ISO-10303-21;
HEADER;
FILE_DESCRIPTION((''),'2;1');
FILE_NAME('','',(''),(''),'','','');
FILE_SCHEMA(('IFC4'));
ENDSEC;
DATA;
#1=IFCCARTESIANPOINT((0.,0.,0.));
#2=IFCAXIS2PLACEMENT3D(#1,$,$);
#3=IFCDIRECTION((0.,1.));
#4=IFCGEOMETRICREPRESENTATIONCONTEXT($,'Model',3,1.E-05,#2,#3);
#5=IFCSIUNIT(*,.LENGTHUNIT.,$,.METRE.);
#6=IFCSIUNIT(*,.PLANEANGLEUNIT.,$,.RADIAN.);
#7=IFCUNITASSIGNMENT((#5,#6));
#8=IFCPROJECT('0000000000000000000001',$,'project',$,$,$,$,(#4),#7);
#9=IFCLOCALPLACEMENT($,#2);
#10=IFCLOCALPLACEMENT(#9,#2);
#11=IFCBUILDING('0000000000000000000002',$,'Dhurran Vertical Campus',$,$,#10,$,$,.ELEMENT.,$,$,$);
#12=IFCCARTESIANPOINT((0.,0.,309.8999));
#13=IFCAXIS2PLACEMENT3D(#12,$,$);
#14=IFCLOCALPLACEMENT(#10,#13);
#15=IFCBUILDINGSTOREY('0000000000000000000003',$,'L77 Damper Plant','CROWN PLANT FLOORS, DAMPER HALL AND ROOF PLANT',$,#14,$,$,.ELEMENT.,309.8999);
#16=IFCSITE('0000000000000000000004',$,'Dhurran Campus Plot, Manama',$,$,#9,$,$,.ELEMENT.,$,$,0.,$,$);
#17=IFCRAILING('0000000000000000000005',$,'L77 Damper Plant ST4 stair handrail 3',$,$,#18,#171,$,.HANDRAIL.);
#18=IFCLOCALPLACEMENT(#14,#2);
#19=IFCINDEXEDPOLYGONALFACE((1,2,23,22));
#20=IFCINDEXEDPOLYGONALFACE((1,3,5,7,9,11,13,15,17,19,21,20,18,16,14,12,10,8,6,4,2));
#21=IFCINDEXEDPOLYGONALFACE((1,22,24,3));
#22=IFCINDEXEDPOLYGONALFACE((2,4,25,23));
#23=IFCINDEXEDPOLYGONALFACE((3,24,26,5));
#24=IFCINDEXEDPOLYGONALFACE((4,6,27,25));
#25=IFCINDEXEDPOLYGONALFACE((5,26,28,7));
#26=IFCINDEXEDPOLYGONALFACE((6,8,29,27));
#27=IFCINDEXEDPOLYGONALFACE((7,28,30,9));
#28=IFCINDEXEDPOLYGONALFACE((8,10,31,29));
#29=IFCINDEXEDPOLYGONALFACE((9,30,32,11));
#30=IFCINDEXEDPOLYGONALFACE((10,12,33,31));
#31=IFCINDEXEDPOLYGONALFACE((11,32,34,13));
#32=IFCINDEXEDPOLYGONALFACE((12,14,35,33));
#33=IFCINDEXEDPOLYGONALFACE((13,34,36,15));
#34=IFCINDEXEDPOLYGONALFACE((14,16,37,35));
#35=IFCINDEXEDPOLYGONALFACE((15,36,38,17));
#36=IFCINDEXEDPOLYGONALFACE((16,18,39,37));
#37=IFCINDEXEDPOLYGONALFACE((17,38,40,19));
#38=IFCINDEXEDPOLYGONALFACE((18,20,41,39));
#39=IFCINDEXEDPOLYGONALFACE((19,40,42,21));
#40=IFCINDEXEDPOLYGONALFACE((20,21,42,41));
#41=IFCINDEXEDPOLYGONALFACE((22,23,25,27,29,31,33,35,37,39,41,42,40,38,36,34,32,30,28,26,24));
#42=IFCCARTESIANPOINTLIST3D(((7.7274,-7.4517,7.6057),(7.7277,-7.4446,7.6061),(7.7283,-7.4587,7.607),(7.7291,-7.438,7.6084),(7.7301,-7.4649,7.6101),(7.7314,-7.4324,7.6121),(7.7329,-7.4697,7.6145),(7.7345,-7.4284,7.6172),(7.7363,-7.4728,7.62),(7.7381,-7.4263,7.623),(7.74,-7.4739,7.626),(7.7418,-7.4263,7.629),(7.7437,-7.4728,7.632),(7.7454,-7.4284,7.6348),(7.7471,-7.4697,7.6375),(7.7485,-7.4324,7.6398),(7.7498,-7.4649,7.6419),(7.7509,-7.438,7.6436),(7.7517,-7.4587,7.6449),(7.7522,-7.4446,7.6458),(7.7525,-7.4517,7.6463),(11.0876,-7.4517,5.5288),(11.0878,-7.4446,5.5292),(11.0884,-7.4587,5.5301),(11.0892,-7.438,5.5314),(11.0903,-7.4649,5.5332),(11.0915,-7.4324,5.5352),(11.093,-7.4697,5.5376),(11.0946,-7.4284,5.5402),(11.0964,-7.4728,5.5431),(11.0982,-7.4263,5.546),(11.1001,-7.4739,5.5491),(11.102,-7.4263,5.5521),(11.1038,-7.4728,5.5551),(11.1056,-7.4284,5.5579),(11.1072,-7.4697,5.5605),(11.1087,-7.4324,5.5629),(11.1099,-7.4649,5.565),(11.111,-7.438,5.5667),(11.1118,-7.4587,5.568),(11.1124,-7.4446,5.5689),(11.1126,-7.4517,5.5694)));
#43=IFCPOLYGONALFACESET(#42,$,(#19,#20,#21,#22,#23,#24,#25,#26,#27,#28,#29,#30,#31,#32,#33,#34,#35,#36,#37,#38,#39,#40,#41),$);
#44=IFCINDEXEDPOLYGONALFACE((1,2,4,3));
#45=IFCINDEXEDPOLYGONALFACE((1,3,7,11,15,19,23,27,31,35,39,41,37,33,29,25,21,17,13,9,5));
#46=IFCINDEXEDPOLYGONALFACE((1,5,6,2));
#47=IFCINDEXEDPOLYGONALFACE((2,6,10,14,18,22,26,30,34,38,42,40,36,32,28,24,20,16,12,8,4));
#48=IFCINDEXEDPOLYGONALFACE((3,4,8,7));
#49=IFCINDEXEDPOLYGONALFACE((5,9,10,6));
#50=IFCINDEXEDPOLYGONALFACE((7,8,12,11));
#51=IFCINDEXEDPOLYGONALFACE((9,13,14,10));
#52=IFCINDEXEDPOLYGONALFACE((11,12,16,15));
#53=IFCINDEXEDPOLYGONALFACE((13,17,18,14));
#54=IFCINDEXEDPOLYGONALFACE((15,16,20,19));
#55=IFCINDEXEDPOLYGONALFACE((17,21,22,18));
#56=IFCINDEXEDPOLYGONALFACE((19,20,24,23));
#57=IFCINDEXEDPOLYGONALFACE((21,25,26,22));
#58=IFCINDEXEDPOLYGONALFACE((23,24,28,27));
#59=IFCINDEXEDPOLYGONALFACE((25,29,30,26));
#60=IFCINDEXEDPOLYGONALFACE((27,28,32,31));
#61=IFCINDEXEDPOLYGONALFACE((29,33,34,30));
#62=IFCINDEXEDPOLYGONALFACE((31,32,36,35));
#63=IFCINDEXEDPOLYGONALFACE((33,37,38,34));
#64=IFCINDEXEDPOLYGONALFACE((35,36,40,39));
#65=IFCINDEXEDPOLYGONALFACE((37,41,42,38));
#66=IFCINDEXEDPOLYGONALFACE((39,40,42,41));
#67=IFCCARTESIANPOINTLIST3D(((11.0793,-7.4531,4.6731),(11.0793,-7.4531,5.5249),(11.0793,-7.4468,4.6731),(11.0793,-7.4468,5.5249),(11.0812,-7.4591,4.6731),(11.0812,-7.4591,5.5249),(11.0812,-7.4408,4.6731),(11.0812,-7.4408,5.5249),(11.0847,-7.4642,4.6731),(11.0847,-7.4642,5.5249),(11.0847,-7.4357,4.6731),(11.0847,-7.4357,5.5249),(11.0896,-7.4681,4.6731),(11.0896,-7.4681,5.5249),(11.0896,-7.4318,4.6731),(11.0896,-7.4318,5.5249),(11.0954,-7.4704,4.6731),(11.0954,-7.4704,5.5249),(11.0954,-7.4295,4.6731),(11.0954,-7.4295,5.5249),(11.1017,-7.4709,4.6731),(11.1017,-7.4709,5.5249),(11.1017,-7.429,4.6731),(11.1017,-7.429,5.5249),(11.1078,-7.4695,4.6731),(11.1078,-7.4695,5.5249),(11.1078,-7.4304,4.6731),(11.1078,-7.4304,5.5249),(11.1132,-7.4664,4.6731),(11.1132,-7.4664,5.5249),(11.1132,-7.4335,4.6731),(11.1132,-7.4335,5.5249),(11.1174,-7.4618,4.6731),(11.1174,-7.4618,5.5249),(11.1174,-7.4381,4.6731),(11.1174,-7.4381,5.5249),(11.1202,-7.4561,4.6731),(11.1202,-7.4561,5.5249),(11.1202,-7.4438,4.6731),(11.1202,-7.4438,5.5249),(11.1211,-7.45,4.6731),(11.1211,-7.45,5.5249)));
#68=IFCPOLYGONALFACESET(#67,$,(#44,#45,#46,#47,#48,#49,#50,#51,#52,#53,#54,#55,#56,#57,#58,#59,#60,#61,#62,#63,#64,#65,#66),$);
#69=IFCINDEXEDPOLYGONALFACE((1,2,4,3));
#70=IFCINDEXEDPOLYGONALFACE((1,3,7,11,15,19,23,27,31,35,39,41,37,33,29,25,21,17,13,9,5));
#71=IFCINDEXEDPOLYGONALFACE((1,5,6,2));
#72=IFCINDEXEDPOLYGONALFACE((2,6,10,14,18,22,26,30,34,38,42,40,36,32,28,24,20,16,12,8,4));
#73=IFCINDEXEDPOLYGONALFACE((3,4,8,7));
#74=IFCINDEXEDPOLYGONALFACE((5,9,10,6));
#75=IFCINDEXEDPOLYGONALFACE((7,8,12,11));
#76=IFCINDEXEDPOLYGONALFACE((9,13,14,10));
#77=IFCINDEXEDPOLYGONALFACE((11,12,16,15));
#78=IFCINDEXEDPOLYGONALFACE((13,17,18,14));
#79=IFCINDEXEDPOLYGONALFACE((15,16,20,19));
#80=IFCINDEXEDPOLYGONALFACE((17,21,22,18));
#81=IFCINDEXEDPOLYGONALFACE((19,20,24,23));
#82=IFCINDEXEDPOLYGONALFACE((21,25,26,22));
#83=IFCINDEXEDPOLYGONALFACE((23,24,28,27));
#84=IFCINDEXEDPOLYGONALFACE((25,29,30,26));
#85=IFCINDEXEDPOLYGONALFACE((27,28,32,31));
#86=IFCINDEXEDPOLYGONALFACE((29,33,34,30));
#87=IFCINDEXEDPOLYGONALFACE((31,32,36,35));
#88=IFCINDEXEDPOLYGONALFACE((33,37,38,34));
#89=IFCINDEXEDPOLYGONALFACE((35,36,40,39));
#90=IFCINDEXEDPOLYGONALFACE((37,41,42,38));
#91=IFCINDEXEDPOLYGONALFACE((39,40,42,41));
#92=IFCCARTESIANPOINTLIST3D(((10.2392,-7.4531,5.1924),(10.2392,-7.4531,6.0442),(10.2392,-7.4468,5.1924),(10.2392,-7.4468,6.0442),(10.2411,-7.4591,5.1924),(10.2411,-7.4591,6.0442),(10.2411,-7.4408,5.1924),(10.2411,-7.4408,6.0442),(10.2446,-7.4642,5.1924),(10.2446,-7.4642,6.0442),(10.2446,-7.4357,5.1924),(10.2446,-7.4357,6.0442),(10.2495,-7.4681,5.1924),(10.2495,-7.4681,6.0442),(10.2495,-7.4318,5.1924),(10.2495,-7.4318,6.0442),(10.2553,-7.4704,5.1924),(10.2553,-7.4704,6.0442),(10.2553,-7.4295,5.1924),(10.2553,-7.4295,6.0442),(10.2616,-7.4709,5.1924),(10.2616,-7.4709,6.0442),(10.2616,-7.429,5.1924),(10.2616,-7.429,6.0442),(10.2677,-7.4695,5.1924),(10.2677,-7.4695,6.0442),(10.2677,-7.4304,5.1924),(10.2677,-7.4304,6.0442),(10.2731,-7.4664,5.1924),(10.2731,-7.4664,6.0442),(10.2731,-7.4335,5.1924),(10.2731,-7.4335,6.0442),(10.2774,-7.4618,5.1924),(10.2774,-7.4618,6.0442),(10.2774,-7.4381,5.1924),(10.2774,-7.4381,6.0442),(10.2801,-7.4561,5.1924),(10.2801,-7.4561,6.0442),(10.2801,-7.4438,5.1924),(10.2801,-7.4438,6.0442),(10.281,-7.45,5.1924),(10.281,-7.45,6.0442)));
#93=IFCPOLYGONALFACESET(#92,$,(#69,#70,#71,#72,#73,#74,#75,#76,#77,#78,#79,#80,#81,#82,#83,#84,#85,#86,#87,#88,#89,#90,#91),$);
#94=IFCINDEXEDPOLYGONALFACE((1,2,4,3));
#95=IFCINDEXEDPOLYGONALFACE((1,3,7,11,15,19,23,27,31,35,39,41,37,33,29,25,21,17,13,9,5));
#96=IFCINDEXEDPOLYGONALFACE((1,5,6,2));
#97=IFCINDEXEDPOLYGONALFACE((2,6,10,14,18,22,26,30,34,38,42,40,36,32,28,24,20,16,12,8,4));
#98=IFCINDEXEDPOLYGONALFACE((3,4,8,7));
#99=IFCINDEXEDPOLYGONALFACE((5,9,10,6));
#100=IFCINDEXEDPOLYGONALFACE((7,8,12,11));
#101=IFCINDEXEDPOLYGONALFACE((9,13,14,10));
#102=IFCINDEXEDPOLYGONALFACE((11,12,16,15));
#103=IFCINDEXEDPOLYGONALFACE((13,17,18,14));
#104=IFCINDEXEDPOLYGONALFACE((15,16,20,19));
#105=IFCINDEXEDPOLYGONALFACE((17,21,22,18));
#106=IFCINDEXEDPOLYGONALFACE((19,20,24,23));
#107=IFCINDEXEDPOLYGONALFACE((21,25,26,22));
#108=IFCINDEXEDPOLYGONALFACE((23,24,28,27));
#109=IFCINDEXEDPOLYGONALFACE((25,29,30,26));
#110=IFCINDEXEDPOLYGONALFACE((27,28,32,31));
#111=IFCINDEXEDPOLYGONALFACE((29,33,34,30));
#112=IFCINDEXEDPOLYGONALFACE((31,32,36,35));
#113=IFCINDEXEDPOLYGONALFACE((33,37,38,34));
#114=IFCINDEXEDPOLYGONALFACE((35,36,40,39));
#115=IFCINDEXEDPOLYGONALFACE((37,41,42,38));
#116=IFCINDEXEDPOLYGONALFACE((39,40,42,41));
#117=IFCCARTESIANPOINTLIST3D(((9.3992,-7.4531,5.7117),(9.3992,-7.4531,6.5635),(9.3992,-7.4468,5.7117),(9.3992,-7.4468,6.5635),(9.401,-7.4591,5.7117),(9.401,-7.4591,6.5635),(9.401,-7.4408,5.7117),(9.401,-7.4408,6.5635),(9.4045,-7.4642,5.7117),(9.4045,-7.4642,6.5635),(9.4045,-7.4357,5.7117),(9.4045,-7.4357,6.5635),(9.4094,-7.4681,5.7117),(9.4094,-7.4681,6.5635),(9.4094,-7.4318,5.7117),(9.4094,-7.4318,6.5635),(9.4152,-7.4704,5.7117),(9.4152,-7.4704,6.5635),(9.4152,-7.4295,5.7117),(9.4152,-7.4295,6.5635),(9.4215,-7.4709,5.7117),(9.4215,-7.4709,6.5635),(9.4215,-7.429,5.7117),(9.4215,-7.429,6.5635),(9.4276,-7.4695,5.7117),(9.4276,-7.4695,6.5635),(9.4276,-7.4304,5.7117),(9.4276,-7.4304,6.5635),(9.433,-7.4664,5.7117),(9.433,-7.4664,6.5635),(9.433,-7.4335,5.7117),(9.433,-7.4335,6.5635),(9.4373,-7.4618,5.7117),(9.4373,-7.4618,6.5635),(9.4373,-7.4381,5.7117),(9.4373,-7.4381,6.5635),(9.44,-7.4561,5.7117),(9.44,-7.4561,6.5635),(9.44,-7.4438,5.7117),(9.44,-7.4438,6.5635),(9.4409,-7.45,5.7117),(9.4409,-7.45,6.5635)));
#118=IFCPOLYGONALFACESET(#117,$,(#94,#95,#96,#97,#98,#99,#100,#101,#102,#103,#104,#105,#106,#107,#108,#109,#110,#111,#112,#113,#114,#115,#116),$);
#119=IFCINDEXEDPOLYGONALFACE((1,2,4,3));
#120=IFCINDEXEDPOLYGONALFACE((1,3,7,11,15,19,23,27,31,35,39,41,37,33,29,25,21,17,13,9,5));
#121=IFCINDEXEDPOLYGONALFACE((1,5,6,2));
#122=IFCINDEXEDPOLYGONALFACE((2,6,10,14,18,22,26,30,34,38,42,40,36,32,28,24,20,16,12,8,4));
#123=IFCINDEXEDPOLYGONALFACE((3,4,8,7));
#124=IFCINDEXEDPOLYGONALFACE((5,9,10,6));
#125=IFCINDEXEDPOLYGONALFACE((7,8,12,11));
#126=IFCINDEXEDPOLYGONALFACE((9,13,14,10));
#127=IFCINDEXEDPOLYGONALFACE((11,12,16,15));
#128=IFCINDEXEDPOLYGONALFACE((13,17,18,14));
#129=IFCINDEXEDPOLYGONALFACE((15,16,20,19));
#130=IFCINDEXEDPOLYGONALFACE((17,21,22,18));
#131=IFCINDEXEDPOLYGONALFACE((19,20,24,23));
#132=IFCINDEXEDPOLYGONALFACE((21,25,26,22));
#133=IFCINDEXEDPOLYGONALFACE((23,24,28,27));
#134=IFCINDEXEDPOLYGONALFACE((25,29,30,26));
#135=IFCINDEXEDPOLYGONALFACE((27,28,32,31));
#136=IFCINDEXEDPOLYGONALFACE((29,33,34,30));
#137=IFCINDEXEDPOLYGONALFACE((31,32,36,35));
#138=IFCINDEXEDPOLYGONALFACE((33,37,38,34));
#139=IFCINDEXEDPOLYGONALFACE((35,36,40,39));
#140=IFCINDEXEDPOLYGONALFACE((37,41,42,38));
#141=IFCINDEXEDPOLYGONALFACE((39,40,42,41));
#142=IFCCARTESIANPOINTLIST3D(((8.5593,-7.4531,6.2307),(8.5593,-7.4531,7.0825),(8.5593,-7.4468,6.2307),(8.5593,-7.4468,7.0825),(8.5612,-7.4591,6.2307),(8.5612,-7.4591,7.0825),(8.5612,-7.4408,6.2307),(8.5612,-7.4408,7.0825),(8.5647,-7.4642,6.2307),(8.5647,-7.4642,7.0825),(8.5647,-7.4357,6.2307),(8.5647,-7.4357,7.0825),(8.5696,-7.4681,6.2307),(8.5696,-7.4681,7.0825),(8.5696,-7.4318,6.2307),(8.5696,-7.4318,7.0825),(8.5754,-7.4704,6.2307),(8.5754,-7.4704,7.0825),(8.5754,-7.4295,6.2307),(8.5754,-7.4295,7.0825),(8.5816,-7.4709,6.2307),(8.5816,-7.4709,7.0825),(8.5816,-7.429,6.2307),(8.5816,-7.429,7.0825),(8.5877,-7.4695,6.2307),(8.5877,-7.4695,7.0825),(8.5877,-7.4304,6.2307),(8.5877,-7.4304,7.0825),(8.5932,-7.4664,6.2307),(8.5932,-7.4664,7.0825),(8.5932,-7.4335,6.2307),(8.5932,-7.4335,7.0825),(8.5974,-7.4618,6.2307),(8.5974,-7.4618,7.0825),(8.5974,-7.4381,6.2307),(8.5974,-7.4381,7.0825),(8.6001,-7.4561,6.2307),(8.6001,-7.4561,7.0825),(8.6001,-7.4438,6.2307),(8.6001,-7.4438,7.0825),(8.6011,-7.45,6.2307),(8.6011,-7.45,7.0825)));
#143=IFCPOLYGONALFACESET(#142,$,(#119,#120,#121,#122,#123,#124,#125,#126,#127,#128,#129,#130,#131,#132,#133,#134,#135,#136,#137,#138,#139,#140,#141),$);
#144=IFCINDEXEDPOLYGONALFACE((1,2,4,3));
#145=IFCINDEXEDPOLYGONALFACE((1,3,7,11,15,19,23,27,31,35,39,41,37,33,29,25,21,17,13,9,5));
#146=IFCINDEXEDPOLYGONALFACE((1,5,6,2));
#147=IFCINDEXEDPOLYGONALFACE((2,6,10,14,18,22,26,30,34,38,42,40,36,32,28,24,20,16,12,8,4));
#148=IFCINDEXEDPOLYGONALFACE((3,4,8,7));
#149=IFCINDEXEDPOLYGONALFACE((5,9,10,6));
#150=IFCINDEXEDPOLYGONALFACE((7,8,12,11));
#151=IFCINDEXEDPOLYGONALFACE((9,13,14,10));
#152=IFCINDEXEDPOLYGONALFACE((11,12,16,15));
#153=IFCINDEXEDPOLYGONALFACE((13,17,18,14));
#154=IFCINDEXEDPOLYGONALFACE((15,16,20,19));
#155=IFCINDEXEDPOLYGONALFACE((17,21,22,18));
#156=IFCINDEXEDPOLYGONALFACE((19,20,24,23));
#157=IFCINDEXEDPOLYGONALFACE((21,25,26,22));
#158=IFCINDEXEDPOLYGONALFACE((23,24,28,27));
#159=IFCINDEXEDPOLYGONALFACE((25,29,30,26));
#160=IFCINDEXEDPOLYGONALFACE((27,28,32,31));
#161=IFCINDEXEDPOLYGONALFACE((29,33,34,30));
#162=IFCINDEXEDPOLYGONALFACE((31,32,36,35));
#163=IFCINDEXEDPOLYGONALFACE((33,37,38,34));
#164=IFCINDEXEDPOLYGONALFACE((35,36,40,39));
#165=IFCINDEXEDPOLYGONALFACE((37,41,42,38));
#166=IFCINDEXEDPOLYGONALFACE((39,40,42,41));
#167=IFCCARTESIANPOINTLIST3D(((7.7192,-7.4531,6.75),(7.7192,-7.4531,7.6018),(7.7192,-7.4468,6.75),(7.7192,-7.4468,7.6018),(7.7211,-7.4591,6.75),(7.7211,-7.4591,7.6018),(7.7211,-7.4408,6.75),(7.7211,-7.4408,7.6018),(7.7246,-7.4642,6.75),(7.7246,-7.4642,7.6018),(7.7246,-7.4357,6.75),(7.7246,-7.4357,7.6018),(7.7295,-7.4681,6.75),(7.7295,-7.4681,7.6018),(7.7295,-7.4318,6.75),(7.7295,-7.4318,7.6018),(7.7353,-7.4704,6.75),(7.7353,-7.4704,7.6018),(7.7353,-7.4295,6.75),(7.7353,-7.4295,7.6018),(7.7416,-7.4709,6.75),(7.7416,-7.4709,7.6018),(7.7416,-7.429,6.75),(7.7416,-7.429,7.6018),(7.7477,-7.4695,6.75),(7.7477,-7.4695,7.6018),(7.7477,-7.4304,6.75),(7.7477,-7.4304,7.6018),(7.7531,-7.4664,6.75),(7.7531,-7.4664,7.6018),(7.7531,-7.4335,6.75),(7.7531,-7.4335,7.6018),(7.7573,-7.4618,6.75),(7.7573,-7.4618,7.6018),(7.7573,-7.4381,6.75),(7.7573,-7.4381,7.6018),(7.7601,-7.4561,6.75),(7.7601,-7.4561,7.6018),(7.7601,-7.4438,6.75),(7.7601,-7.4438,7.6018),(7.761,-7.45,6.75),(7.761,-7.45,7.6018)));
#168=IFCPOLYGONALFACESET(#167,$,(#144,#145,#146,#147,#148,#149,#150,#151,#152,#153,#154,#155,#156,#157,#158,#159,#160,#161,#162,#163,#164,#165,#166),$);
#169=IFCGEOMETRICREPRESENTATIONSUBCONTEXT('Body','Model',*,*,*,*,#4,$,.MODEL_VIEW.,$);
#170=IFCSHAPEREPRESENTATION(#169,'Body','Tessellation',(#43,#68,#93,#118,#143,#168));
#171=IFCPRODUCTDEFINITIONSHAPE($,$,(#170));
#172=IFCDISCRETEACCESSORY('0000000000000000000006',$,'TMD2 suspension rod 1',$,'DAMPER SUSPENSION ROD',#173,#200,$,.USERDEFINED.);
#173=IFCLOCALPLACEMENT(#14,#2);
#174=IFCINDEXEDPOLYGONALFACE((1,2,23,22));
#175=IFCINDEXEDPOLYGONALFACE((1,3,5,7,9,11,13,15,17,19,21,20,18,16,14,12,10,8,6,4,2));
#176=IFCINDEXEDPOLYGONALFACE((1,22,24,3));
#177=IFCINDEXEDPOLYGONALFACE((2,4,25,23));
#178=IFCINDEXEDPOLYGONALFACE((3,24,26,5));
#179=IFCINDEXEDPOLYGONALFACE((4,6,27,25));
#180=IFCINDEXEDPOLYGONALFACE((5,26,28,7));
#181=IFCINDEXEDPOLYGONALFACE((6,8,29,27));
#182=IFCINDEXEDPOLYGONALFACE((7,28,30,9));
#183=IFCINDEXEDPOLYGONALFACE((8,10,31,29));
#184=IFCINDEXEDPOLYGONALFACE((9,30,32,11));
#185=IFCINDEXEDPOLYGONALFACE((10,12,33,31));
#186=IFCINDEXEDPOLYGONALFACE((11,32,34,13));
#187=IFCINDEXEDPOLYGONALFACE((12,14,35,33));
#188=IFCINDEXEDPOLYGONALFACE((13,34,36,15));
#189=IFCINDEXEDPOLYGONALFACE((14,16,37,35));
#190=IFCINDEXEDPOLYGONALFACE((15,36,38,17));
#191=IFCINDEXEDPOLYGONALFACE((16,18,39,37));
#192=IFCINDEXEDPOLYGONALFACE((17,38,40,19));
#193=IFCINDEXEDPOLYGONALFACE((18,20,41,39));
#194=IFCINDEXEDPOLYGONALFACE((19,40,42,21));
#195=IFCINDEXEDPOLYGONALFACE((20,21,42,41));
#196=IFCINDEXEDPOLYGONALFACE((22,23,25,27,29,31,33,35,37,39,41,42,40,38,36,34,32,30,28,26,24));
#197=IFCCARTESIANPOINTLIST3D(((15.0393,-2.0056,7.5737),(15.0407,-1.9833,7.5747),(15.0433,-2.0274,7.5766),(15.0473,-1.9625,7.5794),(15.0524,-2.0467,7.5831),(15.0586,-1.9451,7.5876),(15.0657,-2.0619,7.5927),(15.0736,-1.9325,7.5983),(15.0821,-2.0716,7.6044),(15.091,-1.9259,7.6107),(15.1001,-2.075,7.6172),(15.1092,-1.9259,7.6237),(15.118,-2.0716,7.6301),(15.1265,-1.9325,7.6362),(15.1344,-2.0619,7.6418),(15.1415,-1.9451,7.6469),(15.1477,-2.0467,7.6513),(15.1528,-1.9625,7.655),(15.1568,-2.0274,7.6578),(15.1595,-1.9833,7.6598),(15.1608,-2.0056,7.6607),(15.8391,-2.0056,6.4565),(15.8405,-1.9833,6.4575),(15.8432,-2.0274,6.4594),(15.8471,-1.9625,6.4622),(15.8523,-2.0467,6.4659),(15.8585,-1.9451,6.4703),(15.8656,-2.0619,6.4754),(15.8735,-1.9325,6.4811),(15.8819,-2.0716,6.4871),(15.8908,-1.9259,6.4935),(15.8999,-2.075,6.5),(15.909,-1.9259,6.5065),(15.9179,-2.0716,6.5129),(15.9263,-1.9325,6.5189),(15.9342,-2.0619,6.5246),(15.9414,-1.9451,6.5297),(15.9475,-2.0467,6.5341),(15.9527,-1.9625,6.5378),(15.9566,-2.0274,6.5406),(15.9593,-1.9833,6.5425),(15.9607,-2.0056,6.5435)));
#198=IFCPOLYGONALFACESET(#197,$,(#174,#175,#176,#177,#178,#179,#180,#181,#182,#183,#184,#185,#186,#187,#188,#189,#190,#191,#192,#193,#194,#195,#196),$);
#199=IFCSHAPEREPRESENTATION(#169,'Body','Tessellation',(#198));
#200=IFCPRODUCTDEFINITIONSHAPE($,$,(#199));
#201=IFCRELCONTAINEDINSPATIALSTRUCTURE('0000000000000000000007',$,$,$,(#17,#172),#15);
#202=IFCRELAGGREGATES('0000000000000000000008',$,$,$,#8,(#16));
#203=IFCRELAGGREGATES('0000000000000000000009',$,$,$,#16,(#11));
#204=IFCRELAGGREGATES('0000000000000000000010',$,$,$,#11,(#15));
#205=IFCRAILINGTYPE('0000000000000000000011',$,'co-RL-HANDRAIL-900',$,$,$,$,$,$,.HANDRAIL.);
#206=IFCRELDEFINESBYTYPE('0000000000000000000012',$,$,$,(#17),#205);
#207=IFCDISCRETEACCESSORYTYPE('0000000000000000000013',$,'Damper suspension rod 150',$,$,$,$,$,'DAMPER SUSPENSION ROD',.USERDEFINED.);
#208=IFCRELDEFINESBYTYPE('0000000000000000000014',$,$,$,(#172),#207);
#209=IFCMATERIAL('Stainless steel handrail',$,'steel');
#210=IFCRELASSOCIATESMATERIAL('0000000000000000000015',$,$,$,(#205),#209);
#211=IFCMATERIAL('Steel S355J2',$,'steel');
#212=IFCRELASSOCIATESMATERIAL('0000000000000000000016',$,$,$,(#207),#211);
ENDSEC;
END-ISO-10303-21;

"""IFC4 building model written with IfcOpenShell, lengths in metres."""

from ifc_helpers import new_model, si_unit, direction, frame, origin, origin_2d, place, context, subcontext, project, spatial, circle, extrude, material, material_profile, profile_set, type_object, element, save


model = new_model("IFC4")

# Units and contexts
model_context = context("Model", 3, precision=1e-05, world=origin(), true_north=direction((0.0, 1.0)))
body_context = subcontext(model_context, "Body", "Model", "MODEL_VIEW")
ifc_project = project(units=[si_unit("LENGTHUNIT", "METRE"), si_unit("PLANEANGLEUNIT", "RADIAN")], contexts=[model_context])

# Site, building, storey
site_placement = place(None, origin())
site = spatial("IfcSite", under=ifc_project, at=site_placement, Name="Dhurran Campus Plot, Manama", CompositionType="ELEMENT", RefElevation=0.0)
building_placement = place(site_placement, origin())
building = spatial("IfcBuilding", under=site, at=building_placement, Name="Dhurran Vertical Campus", CompositionType="ELEMENT")
storey_placement = place(building_placement, frame((0.0, 0.0, 309.8999)))
storey = spatial("IfcBuildingStorey", under=building, at=storey_placement, Name="L77 Damper Plant", Description="CROWN PLANT FLOORS, DAMPER HALL AND ROOF PLANT", CompositionType="ELEMENT", Elevation=309.8999)

# Railing
ifc_material_1 = material(Name="Stainless steel handrail", Category="steel")
railing_type_1 = type_object("IfcRailingType", Name="co-RL-HANDRAIL-900", PredefinedType="HANDRAIL", material=ifc_material_1)
for number, where, name in (
    (1, (11.1001, -7.45, 4.6731), "L77 Damper Plant ST4 stair handrail 3"),
):
    element("IfcRailing", number, at=place(storey_placement, frame(where)), inside=storey, type_object=railing_type_1, Name=name, PredefinedType="HANDRAIL", context=body_context, shape_type="SweptSolid", body=[
        extrude(circle(Radius=0.0239, at=origin_2d()), frame((0.0, 0.0, 0.876), z_axis=(-0.850623, 0.0, 0.525776), x_axis=(0.0, -1.0, 0.0)), (0.0, 0.0, 1.0), 3.9502),
        extrude(circle(Radius=0.021, at=origin_2d()), origin(), (0.0, 0.0, 1.0), 0.8518),
        extrude(circle(Radius=0.021, at=origin_2d()), frame((-0.8401, 0.0, 0.5193)), (0.0, 0.0, 1.0), 0.8518),
        extrude(circle(Radius=0.021, at=origin_2d()), frame((-1.6802, 0.0, 1.0386)), (0.0, 0.0, 1.0), 0.8518),
        extrude(circle(Radius=0.021, at=origin_2d()), frame((-2.52, 0.0, 1.5576)), (0.0, 0.0, 1.0), 0.8518),
        extrude(circle(Radius=0.021, at=origin_2d()), frame((-3.3601, 0.0, 2.0769)), (0.0, 0.0, 1.0), 0.8518),
    ])

# Discrete accessory
ifc_material_2 = material(Name="Steel S355J2", Category="steel")
ifc_material_profile_1 = material_profile(ifc_material_2, circle(Radius=0.075, at=origin_2d()), Name="Damper suspension rod 150")
ifc_profile_set_1 = profile_set([ifc_material_profile_1], Name="Steel S355J2")
discrete_accessory_type = type_object("IfcDiscreteAccessoryType", Name="Damper suspension rod 150", ElementType="DAMPER SUSPENSION ROD", PredefinedType="USERDEFINED", material=ifc_profile_set_1)
for number, where, z_axis, x_axis, name in (
    (2, (15.8999, -2.0, 6.5), (-0.582112, 0.0, 0.813109), (0.0, -1.0, 0.0), "TMD2 suspension rod 1"),
):
    element("IfcDiscreteAccessory", number, at=place(storey_placement, frame(where, z_axis=z_axis, x_axis=x_axis)), inside=storey, type_object=discrete_accessory_type, Name=name, ObjectType="DAMPER SUSPENSION ROD", PredefinedType="USERDEFINED", context=body_context, shape_type="SweptSolid", body=[
        extrude(circle(Radius=0.075, at=origin_2d()), origin(), (0.0, 0.0, 1.0), 1.374),
    ])

save(model, "model.ifc")
